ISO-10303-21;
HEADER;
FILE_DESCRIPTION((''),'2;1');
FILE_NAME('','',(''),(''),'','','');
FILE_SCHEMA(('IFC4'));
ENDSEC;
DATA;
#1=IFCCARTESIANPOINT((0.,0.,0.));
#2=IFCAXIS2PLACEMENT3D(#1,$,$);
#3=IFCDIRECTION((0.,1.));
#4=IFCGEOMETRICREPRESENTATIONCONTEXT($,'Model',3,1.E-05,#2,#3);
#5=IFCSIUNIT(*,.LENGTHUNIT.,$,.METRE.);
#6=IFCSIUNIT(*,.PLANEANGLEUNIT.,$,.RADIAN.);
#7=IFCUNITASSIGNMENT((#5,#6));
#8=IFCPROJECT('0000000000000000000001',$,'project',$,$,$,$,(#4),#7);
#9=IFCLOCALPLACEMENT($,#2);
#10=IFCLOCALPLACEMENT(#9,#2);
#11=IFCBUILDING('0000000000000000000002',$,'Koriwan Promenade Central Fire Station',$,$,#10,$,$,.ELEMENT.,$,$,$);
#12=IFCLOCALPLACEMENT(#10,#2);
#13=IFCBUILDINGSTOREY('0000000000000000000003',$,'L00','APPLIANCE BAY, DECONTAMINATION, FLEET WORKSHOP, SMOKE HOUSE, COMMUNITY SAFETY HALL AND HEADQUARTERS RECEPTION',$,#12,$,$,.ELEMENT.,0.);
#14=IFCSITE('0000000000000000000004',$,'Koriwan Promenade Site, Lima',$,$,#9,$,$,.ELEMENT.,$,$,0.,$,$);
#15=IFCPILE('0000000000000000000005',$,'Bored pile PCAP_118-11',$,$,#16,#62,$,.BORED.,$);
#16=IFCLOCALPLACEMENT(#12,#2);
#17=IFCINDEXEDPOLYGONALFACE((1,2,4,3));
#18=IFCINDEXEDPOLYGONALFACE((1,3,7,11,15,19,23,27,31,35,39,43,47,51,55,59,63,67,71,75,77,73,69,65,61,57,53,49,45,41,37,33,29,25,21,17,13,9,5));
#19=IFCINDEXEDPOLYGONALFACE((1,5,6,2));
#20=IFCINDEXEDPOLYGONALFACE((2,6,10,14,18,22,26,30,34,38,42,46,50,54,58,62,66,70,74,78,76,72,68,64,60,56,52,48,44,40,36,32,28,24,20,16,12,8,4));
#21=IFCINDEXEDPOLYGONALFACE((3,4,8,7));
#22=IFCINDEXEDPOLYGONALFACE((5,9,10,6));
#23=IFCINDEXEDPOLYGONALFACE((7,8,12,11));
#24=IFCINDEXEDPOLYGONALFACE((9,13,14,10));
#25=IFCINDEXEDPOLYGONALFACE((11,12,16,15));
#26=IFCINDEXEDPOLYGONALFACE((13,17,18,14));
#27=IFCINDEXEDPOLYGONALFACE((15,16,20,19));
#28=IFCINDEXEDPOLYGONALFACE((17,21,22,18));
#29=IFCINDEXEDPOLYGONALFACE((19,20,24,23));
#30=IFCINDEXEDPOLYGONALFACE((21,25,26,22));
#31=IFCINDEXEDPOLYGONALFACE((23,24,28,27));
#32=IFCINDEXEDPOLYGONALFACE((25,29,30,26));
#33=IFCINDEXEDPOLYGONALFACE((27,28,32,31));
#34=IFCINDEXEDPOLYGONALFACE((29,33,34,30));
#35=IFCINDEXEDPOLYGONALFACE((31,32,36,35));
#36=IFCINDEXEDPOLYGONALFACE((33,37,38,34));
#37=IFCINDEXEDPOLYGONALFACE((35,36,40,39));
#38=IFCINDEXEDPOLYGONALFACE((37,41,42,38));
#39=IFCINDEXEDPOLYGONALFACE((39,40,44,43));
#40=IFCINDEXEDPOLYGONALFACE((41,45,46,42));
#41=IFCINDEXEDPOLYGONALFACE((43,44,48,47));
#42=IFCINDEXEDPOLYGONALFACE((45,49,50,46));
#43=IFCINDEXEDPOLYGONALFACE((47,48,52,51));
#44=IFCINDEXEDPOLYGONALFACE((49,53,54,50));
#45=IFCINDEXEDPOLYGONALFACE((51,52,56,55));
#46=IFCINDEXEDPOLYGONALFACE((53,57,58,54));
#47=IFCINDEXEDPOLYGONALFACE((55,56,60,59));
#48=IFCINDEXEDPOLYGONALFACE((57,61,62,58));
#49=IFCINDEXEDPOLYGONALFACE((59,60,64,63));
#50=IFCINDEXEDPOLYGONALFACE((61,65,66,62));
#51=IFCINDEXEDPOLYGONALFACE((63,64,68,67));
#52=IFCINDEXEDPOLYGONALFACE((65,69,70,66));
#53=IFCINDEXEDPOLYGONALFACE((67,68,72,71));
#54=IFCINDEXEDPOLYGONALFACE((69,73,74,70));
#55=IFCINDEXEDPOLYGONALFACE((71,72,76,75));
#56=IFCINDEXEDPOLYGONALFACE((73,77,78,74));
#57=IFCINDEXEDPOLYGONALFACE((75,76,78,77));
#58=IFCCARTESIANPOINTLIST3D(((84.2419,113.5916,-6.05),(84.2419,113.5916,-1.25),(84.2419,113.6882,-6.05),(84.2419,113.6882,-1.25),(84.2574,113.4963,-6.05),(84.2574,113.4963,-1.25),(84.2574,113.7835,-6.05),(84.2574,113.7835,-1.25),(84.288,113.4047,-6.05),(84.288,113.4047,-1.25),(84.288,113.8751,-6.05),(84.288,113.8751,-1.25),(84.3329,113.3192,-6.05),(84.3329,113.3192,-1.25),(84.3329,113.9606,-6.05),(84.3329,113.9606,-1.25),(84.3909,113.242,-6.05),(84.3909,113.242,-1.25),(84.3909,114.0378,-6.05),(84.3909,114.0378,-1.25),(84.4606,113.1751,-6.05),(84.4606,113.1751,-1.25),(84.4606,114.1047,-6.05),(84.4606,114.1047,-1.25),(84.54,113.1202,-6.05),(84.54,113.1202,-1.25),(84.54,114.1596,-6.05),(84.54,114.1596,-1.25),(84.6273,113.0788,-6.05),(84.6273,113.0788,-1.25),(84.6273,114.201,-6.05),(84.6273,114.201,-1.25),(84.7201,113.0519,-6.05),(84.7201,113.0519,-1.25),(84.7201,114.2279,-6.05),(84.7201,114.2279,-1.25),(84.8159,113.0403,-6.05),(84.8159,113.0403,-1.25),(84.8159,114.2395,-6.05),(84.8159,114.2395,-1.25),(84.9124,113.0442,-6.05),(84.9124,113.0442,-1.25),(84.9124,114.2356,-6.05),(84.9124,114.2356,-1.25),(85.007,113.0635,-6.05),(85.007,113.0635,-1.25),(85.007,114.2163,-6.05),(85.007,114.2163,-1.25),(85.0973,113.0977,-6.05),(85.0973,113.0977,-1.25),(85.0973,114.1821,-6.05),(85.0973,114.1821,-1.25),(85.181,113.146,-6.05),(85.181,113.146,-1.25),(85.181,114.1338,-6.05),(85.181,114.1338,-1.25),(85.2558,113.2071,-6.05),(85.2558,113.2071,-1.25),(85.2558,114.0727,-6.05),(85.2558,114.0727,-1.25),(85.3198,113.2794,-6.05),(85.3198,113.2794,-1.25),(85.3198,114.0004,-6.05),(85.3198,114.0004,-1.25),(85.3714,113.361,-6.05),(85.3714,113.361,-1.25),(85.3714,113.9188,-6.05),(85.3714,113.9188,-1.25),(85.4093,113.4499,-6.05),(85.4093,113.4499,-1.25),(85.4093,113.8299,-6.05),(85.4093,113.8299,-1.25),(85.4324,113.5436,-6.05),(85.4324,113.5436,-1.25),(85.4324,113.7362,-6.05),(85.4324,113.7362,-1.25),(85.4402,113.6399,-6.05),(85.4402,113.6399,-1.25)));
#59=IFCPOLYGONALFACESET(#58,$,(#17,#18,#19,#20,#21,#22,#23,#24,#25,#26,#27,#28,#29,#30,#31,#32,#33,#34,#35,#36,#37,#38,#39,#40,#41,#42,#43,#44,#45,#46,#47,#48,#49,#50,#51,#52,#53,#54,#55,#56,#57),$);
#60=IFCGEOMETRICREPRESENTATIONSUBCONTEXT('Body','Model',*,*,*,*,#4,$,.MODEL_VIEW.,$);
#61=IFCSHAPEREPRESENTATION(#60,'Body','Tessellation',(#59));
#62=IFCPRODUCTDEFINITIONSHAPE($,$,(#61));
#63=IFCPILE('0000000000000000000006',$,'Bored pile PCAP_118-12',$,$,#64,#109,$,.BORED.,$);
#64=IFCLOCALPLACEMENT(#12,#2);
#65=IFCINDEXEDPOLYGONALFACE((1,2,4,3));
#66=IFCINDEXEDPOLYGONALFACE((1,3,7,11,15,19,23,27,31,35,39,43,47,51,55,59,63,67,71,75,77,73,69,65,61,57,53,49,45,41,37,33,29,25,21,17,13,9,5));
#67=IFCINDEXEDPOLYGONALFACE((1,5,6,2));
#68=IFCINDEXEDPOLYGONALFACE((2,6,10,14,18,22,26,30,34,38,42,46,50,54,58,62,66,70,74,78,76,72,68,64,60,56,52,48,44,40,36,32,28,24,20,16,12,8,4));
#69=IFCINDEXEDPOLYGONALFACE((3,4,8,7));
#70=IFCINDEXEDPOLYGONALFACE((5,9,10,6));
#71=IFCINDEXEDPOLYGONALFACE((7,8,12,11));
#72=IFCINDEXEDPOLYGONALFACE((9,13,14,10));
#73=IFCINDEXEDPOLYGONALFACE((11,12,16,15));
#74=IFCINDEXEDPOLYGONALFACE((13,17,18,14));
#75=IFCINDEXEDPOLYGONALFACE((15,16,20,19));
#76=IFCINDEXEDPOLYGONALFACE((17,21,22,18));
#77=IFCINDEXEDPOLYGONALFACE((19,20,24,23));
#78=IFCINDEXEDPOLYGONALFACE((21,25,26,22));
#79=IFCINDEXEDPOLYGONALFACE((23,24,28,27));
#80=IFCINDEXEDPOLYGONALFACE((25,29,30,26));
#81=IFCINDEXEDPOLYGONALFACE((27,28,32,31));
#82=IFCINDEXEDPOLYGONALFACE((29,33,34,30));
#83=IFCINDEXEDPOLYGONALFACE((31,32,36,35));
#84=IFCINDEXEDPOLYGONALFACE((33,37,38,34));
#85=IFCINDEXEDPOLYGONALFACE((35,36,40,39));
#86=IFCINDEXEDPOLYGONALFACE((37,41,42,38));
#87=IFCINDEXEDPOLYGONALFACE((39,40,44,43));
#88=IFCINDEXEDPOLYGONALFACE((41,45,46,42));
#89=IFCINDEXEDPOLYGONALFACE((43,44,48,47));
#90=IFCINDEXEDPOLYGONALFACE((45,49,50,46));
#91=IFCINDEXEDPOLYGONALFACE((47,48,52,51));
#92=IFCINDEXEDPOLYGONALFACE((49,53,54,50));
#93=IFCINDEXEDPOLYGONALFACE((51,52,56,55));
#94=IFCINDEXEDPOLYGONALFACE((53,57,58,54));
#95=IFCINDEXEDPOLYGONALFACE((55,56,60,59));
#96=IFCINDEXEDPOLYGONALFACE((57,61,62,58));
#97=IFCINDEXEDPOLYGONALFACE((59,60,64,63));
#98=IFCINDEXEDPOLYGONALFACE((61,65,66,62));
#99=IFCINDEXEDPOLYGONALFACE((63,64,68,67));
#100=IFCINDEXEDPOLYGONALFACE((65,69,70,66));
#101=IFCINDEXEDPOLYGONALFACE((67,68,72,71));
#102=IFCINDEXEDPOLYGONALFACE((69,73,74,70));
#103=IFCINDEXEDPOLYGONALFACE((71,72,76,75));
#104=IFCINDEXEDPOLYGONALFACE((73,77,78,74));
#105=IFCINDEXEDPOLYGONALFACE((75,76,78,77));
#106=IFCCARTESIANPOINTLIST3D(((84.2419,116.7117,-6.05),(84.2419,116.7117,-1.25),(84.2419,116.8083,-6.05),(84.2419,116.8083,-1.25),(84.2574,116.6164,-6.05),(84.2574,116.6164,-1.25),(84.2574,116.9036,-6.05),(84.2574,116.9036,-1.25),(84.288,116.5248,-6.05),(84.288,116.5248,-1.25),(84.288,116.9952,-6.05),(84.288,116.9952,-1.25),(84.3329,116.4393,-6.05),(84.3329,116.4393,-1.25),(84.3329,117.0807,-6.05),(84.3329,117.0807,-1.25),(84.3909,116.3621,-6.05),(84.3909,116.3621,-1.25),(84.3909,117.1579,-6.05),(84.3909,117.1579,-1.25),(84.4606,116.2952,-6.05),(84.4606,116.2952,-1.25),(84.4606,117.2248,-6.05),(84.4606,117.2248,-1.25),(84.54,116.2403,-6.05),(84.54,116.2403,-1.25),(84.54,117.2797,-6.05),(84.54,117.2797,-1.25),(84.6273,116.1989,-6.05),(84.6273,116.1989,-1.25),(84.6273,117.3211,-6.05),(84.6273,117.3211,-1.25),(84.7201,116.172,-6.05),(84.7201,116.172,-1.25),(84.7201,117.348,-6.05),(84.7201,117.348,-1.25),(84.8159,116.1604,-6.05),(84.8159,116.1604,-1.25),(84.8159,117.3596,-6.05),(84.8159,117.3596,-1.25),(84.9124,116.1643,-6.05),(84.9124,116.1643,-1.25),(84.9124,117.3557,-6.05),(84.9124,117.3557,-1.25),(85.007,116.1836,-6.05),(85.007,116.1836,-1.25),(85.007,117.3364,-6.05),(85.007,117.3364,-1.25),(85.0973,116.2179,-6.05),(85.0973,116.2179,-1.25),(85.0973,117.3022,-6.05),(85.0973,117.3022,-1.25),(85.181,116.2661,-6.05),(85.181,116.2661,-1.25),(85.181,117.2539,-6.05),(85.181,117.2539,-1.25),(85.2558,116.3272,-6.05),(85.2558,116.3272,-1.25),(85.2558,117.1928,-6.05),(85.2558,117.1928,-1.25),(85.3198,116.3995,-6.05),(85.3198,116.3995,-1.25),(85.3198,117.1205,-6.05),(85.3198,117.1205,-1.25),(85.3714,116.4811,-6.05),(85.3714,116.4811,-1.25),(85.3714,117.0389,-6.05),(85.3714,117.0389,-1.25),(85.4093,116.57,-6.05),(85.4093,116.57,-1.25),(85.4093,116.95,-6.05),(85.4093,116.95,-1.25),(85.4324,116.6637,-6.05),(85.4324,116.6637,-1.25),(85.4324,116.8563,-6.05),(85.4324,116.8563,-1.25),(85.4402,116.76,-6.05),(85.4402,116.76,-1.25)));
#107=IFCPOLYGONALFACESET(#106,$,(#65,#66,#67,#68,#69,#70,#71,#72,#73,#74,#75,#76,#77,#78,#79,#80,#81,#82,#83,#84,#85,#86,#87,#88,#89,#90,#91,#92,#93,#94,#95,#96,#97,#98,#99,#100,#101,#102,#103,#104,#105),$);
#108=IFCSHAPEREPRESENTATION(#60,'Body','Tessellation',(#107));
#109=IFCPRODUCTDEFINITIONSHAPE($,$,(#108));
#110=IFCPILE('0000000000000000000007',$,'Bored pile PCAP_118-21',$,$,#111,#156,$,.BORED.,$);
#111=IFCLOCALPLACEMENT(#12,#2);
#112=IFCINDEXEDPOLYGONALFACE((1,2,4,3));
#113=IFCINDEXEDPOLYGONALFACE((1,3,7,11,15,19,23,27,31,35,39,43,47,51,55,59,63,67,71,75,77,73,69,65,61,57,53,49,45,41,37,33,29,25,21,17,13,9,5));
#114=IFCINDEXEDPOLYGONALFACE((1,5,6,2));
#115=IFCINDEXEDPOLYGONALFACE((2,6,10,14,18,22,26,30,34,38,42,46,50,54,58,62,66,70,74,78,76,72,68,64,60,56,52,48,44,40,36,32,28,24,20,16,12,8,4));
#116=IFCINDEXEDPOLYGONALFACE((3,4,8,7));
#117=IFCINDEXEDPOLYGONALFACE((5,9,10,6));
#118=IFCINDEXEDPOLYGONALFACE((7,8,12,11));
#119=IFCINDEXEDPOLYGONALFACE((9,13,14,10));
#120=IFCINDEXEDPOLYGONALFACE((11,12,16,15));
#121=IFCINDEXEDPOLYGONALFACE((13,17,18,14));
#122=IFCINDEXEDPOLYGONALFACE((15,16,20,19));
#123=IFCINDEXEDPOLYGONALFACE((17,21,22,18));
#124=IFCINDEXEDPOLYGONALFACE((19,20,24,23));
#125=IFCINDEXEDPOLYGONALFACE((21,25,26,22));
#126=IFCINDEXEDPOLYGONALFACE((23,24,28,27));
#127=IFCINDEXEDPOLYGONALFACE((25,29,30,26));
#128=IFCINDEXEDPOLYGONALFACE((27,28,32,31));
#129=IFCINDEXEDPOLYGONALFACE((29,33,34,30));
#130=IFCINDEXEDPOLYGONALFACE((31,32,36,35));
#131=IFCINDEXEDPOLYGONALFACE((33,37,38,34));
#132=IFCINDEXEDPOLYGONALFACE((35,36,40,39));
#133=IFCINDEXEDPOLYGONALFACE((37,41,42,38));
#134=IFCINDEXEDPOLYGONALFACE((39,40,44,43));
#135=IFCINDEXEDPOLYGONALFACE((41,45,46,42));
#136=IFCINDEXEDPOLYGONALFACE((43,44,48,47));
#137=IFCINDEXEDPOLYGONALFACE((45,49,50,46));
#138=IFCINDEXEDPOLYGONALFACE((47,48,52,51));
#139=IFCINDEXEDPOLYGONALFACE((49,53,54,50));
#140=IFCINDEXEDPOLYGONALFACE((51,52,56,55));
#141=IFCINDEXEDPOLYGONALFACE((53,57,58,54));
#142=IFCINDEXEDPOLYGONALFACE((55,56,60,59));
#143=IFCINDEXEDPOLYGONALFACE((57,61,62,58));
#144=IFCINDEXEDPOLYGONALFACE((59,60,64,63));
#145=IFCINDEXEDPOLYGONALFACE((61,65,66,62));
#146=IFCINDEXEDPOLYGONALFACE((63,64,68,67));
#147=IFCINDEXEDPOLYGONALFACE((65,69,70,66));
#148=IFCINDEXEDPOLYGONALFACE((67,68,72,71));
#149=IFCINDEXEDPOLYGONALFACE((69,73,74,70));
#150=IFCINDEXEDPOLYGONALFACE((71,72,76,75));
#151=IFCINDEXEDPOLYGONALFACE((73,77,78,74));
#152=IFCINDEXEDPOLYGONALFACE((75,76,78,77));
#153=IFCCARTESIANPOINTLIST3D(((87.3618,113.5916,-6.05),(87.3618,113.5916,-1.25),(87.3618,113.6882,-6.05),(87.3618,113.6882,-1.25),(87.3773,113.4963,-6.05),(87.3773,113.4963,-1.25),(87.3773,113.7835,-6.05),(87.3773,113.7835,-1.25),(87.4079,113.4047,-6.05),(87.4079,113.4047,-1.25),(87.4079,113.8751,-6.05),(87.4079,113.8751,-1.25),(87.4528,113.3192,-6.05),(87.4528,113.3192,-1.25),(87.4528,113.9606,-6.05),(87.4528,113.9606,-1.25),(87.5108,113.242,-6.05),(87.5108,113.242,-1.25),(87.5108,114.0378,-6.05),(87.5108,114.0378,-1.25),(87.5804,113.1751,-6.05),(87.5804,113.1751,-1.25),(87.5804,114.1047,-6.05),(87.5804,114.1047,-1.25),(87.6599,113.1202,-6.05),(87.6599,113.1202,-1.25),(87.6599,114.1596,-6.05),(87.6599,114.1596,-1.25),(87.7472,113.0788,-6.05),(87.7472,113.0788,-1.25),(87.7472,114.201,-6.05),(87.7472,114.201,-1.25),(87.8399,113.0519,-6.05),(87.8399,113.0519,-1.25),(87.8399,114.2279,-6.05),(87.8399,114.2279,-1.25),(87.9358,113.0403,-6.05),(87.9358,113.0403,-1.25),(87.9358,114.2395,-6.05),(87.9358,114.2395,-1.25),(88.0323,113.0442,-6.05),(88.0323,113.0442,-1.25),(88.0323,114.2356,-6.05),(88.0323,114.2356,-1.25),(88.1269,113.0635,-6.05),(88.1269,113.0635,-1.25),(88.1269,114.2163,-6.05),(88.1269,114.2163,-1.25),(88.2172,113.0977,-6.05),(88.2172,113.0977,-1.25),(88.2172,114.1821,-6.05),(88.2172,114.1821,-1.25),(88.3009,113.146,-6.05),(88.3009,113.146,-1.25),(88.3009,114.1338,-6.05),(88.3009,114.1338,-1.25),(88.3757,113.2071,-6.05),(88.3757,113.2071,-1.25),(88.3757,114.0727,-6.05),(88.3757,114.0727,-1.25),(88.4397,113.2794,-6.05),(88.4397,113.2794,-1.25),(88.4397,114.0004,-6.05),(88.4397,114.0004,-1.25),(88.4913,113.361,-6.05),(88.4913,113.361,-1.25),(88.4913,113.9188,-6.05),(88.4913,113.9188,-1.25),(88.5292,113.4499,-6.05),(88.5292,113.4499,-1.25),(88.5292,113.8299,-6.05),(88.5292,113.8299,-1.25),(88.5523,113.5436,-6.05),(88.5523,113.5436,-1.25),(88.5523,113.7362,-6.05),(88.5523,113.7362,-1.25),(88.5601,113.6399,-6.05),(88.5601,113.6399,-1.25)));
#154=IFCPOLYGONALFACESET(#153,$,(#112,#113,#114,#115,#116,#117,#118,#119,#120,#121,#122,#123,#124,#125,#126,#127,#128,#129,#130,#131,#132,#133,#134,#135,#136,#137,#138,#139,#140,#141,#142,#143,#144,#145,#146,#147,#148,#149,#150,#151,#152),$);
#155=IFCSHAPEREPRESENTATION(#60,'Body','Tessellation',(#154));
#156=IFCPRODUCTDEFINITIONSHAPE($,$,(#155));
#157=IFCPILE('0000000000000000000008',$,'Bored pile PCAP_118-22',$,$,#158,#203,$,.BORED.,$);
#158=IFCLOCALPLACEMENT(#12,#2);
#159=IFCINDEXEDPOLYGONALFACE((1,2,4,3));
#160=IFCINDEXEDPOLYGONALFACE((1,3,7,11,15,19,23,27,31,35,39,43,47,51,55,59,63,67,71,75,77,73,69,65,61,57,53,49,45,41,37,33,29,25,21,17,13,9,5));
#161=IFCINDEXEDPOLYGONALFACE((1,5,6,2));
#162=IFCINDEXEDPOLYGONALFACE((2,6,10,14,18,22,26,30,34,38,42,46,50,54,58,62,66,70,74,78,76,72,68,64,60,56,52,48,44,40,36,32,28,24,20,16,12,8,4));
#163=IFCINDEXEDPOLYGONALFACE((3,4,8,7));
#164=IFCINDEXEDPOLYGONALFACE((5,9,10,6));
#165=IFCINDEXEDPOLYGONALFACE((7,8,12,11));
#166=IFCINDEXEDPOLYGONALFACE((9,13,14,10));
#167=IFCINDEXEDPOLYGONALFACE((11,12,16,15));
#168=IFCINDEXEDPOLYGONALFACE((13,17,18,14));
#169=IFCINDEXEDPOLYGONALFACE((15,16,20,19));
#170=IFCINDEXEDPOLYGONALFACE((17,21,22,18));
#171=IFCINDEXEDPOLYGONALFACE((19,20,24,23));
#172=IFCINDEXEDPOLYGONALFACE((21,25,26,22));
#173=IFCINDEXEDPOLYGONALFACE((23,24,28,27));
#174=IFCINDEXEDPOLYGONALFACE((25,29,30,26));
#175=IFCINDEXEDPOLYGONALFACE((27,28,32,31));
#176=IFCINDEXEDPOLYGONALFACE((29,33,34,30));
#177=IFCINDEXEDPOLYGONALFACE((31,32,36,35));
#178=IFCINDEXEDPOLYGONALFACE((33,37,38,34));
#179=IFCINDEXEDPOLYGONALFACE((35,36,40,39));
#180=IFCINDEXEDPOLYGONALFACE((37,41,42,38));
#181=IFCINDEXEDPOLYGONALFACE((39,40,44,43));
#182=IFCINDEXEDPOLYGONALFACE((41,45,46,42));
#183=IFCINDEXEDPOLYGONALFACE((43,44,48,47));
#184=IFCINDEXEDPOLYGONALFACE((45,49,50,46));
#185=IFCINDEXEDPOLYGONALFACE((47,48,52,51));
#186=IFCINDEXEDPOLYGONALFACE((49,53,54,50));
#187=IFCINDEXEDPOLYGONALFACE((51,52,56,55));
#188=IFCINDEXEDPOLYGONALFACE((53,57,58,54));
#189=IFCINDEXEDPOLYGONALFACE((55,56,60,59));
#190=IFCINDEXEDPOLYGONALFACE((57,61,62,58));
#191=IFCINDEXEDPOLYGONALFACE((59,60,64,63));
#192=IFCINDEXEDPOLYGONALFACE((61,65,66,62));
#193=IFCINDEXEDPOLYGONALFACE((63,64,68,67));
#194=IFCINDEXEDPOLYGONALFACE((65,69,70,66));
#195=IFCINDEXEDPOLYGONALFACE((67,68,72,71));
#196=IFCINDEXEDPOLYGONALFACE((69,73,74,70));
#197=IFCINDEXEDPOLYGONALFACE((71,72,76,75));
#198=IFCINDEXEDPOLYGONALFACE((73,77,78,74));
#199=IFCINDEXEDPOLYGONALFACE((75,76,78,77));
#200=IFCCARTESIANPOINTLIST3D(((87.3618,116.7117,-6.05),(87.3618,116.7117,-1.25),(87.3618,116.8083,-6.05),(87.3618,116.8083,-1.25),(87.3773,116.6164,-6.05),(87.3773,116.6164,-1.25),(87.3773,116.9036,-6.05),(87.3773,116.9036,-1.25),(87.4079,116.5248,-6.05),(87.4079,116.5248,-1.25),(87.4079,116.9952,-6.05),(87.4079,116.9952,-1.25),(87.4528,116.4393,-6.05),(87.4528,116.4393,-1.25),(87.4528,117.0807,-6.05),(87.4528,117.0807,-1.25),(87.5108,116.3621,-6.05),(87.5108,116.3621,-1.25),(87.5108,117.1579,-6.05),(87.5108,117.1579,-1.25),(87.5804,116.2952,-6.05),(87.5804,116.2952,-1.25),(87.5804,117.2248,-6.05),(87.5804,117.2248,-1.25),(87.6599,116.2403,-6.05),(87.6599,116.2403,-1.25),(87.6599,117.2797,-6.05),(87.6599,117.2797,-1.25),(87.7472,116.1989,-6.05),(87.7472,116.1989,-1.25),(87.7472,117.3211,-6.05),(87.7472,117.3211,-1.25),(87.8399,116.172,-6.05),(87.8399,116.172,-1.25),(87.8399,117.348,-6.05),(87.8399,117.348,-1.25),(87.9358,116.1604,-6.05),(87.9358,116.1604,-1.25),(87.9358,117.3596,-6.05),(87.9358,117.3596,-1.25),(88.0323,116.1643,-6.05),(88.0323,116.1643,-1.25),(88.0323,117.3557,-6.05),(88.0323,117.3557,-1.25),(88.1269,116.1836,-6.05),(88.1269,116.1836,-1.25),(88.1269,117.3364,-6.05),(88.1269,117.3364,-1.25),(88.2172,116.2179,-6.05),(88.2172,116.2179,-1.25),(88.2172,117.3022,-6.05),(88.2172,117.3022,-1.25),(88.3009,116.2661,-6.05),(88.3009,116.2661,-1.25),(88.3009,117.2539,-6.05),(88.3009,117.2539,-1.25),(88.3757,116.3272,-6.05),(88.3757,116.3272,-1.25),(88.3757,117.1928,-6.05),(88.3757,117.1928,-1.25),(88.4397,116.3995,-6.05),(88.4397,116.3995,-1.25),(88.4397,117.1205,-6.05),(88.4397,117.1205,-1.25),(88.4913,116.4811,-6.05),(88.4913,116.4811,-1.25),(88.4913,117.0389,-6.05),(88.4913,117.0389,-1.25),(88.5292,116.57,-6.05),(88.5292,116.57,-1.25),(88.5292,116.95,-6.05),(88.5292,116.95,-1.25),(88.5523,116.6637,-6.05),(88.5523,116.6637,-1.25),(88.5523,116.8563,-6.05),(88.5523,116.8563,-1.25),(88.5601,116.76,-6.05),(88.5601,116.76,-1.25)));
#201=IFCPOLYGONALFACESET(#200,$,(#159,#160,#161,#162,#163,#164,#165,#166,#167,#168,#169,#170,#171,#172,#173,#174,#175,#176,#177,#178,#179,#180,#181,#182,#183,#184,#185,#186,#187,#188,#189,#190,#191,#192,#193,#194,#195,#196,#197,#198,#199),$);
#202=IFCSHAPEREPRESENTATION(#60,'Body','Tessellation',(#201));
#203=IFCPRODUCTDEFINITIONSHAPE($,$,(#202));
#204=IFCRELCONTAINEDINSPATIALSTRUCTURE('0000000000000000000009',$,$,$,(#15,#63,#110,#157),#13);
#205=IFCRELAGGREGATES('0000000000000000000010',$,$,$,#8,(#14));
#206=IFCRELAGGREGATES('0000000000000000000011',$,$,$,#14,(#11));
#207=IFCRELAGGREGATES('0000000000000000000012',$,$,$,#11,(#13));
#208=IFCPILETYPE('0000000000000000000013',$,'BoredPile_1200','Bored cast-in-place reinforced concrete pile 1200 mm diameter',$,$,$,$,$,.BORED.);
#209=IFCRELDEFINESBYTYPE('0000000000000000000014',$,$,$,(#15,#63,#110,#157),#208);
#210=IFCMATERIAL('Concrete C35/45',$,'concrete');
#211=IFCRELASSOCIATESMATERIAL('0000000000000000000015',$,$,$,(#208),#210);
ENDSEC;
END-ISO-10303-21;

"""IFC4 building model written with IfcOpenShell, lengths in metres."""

from ifc_helpers import new_model, si_unit, direction, frame, origin, origin_2d, place, context, subcontext, project, spatial, circle, extrude, material, material_profile, profile_set, type_object, element, save


model = new_model("IFC4")

# Units and contexts
model_context = context("Model", 3, precision=1e-05, world=origin(), true_north=direction((0.0, 1.0)))
body_context = subcontext(model_context, "Body", "Model", "MODEL_VIEW")
ifc_project = project(units=[si_unit("LENGTHUNIT", "METRE"), si_unit("PLANEANGLEUNIT", "RADIAN")], contexts=[model_context])

# Site, building, storey
site_placement = place(None, origin())
site = spatial("IfcSite", under=ifc_project, at=site_placement, Name="Koriwan Promenade Site, Lima", CompositionType="ELEMENT", RefElevation=0.0)
building_placement = place(site_placement, origin())
building = spatial("IfcBuilding", under=site, at=building_placement, Name="Koriwan Promenade Central Fire Station", CompositionType="ELEMENT")
storey_placement = place(building_placement, origin())
storey = spatial("IfcBuildingStorey", under=building, at=storey_placement, Name="L00", Description="APPLIANCE BAY, DECONTAMINATION, FLEET WORKSHOP, SMOKE HOUSE, COMMUNITY SAFETY HALL AND HEADQUARTERS RECEPTION", CompositionType="ELEMENT", Elevation=0.0)

# Piles
ifc_material_1 = material(Name="Concrete C35/45", Category="concrete")
ifc_material_profile_1 = material_profile(ifc_material_1, circle(Radius=0.6001, at=origin_2d()), Name="PILE-D1200")
ifc_profile_set_1 = profile_set([ifc_material_profile_1], Name="Concrete C35/45")
pile_type = type_object("IfcPileType", Name="BoredPile_1200", Description="Bored cast-in-place reinforced concrete pile 1200 mm diameter", PredefinedType="BORED", material=ifc_profile_set_1)
for number, where, z_axis, x_axis, name in (
    (1, (84.8401, 113.6399, -1.25), (0.0, 0.0, -1.0), (1.0, 0.0, 0.0), "Bored pile PCAP_118-11"),
    (2, (84.8401, 116.76, -1.25), (0.0, 0.0, -1.0), (1.0, 0.0, 0.0), "Bored pile PCAP_118-12"),
    (3, (87.96, 113.6399, -1.25), (0.0, 0.0, -1.0), (1.0, 0.0, 0.0), "Bored pile PCAP_118-21"),
    (4, (87.96, 116.76, -1.25), (0.0, 0.0, -1.0), (1.0, 0.0, 0.0), "Bored pile PCAP_118-22"),
):
    element("IfcPile", number, at=place(storey_placement, frame(where, z_axis=z_axis, x_axis=x_axis)), inside=storey, type_object=pile_type, Name=name, PredefinedType="BORED", context=body_context, shape_type="SweptSolid", body=[
        extrude(circle(Radius=0.6001, at=origin_2d()), origin(), (0.0, 0.0, 1.0), 4.8),
    ])

save(model, "model.ifc")
